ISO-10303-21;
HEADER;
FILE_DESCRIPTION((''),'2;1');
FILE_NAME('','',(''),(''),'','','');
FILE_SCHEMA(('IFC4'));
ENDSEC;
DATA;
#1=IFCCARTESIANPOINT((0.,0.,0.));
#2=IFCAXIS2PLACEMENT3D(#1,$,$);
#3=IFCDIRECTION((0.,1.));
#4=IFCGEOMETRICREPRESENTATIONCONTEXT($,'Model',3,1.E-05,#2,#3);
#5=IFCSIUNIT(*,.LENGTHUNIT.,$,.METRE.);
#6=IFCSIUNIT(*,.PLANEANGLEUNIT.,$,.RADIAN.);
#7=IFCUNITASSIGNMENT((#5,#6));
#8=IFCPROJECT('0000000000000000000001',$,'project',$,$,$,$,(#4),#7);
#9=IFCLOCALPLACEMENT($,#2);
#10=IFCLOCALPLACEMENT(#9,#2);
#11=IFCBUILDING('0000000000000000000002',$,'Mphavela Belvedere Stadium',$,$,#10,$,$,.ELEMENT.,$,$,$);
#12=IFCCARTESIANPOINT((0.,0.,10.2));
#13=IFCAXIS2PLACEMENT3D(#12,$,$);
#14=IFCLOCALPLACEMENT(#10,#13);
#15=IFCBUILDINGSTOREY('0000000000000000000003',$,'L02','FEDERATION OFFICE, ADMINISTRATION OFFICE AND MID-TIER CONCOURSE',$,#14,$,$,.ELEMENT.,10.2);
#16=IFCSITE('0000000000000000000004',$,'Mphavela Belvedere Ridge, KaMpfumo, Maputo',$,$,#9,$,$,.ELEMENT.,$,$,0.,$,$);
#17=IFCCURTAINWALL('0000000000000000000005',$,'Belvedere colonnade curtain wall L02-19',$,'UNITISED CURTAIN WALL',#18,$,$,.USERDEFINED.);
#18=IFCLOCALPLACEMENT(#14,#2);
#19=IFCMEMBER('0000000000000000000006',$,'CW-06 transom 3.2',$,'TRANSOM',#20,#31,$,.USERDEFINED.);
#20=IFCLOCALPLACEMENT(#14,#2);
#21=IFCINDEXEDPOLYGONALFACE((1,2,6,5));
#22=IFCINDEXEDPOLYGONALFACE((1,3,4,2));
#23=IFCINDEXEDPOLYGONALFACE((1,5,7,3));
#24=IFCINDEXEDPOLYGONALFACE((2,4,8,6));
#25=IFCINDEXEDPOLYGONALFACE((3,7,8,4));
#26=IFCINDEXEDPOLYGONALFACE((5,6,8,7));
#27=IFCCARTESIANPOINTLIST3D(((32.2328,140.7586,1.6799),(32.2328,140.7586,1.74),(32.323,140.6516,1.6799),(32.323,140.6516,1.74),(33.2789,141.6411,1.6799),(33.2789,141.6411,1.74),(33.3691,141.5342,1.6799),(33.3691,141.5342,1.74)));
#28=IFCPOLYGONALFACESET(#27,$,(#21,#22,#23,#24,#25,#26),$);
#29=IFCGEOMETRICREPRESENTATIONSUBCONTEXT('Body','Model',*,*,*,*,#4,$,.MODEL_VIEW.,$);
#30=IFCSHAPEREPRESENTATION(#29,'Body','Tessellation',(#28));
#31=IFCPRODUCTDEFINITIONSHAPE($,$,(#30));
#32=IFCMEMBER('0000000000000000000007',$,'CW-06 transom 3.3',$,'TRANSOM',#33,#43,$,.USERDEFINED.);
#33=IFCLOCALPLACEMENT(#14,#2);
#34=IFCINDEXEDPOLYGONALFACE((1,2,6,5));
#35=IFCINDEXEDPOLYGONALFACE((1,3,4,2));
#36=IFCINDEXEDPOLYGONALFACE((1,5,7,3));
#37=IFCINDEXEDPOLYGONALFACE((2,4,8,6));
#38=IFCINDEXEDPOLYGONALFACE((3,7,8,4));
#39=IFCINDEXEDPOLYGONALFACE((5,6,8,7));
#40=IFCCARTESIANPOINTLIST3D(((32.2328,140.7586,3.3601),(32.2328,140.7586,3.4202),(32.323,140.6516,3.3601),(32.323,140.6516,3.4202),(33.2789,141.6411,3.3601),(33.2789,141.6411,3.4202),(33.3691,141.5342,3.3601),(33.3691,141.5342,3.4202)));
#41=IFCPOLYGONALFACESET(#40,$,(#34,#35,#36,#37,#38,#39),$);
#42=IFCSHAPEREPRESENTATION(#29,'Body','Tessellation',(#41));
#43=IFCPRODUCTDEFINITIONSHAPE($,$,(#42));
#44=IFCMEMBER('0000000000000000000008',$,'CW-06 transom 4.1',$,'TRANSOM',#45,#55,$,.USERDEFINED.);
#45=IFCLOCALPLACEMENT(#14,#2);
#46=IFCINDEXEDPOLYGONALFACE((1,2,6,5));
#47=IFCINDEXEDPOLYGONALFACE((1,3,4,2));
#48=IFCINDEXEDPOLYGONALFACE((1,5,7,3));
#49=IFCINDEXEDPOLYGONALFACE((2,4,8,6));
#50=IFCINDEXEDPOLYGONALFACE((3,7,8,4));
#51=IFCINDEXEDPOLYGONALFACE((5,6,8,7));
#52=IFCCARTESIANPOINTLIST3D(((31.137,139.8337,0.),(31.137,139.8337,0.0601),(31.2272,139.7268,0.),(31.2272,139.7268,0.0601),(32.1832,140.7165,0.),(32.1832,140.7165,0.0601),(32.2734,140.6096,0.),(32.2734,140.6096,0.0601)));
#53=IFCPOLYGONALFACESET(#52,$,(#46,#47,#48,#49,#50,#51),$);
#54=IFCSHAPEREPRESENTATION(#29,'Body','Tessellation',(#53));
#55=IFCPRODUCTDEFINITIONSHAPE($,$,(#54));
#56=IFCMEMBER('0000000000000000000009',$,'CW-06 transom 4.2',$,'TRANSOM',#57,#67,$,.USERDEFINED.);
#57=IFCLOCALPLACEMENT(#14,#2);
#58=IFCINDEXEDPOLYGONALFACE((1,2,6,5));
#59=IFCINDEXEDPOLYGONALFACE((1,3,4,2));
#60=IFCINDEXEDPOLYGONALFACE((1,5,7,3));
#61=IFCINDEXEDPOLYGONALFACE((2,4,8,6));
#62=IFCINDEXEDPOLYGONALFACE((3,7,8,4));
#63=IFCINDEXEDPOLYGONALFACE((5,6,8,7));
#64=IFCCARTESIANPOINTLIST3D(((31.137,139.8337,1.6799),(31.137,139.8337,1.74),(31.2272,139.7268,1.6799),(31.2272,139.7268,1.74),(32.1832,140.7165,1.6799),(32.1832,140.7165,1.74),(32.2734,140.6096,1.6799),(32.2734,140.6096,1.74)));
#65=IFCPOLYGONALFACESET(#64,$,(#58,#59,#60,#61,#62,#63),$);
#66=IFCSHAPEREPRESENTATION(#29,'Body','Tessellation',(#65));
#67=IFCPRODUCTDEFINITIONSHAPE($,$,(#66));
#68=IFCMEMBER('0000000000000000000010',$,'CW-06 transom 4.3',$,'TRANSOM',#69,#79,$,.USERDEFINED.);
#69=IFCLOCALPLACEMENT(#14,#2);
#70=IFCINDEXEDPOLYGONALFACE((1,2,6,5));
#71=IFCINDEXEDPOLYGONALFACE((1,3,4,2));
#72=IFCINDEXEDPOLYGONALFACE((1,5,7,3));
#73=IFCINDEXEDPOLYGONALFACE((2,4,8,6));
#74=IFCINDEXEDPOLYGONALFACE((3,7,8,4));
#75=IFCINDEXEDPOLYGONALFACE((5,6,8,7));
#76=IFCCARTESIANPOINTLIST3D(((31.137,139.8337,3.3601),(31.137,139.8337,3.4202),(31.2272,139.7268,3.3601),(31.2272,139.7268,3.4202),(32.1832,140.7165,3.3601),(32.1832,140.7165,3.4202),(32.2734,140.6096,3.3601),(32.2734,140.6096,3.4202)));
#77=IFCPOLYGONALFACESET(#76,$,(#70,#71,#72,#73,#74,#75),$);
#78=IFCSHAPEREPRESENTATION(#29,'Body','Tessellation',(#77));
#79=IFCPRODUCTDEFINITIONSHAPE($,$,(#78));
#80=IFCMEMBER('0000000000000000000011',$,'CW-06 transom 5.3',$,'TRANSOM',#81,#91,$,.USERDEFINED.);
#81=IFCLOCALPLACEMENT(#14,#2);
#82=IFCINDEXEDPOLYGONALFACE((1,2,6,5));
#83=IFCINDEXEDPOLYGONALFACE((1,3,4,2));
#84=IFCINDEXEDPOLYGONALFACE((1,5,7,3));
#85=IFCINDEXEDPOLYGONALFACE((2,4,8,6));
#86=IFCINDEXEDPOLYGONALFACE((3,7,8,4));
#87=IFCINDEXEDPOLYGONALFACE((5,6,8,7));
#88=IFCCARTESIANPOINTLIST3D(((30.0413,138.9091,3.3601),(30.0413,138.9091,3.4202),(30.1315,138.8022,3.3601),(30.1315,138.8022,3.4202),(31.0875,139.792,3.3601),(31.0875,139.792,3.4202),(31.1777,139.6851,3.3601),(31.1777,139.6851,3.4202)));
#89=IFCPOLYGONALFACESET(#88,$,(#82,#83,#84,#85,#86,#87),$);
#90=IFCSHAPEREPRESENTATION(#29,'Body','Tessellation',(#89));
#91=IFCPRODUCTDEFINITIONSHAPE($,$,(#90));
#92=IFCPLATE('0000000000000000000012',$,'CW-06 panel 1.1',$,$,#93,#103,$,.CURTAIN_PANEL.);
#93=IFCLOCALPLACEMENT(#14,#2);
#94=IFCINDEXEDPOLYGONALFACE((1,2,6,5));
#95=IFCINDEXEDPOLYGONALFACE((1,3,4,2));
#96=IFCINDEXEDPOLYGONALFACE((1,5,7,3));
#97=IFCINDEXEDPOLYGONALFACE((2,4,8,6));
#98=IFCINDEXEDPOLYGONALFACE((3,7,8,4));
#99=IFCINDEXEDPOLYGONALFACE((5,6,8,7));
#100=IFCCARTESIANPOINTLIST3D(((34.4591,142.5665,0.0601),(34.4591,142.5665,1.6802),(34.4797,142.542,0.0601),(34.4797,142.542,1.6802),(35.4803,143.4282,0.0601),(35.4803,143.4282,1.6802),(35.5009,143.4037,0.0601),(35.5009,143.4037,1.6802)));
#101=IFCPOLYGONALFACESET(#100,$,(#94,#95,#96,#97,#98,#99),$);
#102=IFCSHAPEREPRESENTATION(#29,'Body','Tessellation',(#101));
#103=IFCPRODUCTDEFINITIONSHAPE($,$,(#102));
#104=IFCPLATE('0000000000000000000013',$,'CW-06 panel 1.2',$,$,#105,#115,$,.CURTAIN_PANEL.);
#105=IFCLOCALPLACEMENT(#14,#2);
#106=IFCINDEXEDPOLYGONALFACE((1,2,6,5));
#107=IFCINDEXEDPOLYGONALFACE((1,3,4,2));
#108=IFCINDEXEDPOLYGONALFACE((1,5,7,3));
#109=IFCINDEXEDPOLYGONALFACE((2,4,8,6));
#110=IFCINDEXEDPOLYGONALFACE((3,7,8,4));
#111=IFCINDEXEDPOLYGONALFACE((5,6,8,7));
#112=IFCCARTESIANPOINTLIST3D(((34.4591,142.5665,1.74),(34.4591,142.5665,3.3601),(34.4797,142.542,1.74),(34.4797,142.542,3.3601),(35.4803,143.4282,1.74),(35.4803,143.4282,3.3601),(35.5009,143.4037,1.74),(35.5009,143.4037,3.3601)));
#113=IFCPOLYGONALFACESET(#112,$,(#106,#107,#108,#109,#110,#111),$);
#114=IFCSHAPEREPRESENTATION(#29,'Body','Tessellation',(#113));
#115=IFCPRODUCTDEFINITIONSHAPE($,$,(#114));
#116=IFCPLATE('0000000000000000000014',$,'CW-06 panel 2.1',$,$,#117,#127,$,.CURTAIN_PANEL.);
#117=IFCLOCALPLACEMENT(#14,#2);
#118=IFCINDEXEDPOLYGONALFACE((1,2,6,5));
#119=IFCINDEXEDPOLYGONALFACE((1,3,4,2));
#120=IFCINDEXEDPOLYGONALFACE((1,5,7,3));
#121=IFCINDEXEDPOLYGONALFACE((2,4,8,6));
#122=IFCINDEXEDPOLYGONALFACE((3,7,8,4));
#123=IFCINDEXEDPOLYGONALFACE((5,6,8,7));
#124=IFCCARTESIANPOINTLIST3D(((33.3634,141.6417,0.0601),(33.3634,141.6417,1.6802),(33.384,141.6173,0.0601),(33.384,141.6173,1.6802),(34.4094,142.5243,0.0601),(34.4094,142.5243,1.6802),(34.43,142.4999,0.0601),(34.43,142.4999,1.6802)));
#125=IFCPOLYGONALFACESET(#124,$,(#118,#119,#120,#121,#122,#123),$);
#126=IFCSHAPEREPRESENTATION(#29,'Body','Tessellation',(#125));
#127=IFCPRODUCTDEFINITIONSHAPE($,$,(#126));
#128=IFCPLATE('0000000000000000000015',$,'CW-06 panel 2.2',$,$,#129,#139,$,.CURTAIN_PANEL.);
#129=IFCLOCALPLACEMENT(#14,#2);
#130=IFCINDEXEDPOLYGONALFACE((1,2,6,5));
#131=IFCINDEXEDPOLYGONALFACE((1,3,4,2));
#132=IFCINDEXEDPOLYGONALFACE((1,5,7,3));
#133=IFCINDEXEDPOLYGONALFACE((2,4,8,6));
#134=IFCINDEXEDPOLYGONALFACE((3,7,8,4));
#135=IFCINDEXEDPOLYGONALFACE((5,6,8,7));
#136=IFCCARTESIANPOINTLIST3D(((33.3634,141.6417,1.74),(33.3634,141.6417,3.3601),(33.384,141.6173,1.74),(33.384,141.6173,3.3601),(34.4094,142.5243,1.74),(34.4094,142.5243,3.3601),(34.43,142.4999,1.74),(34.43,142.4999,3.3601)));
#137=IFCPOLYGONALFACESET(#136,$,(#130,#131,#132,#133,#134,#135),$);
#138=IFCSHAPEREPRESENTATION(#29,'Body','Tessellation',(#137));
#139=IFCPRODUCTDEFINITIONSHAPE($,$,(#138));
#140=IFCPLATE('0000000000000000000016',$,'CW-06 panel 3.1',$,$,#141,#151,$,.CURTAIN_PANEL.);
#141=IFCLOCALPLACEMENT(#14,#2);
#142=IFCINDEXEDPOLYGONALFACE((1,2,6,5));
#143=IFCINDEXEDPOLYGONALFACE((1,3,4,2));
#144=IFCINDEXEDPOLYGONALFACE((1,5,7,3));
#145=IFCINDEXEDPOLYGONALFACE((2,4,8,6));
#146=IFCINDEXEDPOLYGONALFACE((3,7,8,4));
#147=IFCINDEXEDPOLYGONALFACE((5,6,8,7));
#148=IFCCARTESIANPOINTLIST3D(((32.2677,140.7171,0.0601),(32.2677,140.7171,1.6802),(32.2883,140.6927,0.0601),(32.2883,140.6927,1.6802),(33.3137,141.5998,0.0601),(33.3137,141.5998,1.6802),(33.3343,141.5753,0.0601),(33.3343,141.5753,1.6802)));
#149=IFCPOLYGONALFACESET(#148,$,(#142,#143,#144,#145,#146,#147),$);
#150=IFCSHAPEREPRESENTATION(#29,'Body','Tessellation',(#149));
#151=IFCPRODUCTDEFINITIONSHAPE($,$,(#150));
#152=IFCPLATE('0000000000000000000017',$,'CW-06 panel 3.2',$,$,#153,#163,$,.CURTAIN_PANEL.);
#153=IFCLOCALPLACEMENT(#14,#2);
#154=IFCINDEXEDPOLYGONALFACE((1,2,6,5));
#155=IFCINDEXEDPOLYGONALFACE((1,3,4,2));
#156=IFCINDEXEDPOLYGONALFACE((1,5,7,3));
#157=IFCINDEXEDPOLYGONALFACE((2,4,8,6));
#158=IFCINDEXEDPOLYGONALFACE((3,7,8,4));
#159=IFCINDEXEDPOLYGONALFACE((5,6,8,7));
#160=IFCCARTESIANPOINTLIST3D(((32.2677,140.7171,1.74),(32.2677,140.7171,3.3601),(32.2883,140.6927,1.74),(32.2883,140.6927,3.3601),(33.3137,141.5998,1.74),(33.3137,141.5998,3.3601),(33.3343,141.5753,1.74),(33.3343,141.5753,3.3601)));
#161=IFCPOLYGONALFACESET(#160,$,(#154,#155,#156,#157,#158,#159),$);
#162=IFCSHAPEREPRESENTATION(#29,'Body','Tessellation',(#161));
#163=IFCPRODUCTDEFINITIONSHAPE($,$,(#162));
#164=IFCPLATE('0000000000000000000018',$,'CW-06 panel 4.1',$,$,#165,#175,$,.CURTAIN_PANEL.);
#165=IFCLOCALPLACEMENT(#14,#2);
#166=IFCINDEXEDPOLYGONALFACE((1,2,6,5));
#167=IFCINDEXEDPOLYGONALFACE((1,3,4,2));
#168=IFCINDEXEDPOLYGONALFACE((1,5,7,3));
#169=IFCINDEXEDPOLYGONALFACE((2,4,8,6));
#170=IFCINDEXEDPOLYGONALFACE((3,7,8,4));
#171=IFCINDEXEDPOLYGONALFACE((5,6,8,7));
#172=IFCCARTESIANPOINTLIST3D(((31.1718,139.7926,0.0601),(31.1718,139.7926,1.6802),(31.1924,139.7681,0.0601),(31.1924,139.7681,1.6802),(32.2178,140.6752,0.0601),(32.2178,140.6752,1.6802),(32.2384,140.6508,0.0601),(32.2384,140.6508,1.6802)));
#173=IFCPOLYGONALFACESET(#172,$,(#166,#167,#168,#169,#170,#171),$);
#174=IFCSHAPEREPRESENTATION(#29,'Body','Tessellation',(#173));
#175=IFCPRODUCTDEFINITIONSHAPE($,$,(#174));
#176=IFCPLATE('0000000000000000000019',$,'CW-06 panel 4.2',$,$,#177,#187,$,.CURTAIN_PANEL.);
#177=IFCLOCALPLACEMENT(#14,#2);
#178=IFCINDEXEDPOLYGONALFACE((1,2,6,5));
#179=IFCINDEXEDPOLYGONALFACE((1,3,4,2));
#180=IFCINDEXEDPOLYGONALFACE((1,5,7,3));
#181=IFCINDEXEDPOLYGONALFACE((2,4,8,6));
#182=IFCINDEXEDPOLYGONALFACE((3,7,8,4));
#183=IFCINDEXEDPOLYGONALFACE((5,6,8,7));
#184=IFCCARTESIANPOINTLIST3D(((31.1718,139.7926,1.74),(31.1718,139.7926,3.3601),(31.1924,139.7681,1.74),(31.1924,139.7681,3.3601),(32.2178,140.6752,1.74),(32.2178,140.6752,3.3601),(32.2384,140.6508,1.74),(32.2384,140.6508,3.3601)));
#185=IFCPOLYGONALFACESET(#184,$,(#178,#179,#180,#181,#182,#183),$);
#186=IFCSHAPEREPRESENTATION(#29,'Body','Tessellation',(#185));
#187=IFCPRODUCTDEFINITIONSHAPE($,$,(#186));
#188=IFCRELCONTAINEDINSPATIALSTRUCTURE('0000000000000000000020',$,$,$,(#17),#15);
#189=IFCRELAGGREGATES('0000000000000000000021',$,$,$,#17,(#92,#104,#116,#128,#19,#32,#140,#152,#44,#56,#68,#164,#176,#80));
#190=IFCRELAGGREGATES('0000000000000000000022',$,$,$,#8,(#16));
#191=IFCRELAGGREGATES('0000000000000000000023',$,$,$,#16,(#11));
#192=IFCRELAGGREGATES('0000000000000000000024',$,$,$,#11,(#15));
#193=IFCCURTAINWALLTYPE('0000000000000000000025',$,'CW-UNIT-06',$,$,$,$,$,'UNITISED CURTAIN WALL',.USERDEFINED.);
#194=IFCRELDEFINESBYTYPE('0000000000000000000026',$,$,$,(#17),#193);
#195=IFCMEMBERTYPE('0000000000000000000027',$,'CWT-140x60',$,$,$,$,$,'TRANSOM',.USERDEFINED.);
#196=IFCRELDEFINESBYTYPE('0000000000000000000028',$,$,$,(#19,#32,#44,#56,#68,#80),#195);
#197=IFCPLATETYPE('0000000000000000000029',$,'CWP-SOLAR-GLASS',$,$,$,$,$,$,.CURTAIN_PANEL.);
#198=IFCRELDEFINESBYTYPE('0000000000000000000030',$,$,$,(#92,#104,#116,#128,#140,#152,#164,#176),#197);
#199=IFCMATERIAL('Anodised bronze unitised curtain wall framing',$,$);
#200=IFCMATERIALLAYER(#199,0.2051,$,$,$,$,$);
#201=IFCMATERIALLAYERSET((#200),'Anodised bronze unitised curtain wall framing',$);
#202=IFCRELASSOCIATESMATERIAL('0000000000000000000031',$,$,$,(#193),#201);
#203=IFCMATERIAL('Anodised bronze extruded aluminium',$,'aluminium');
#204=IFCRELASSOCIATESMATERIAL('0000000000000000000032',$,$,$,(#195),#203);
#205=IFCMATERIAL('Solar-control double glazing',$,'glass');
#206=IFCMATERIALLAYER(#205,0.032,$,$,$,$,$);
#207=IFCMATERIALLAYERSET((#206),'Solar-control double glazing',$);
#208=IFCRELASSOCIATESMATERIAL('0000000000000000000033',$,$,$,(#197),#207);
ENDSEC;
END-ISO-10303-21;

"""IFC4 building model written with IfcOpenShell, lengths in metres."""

from ifc_helpers import new_model, si_unit, direction, frame, origin, origin_2d, place, context, subcontext, project, spatial, rectangle, extrude, material, layer, layer_set, material_profile, profile_set, type_object, element, aggregate, save


model = new_model("IFC4")

# Units and contexts
model_context = context("Model", 3, precision=1e-05, world=origin(), true_north=direction((0.0, 1.0)))
body_context = subcontext(model_context, "Body", "Model", "MODEL_VIEW")
ifc_project = project(units=[si_unit("LENGTHUNIT", "METRE"), si_unit("PLANEANGLEUNIT", "RADIAN")], contexts=[model_context])

# Site, building, storey
site_placement = place(None, origin())
site = spatial("IfcSite", under=ifc_project, at=site_placement, Name="Mphavela Belvedere Ridge, KaMpfumo, Maputo", CompositionType="ELEMENT", RefElevation=0.0)
building_placement = place(site_placement, origin())
building = spatial("IfcBuilding", under=site, at=building_placement, Name="Mphavela Belvedere Stadium", CompositionType="ELEMENT")
storey_placement = place(building_placement, frame((0.0, 0.0, 10.2)))
storey = spatial("IfcBuildingStorey", under=building, at=storey_placement, Name="L02", Description="FEDERATION OFFICE, ADMINISTRATION OFFICE AND MID-TIER CONCOURSE", CompositionType="ELEMENT", Elevation=10.2)

# Curtain wall, members, plates
ifc_material_1 = material(Name="Anodised bronze unitised curtain wall framing")
ifc_layer_1 = layer(ifc_material_1, 0.2051)
ifc_layer_set_1 = layer_set([ifc_layer_1], Name="Anodised bronze unitised curtain wall framing")
curtain_wall_type = type_object("IfcCurtainWallType", Name="CW-UNIT-06", ElementType="UNITISED CURTAIN WALL", PredefinedType="USERDEFINED", material=ifc_layer_set_1)
curtain_wall_placement = place(storey_placement, origin())
curtain_wall = element("IfcCurtainWall", 1, at=curtain_wall_placement, inside=storey, type_object=curtain_wall_type, Name="Belvedere colonnade curtain wall L02-19", ObjectType="UNITISED CURTAIN WALL", PredefinedType="USERDEFINED")
ifc_material_2 = material(Name="Anodised bronze extruded aluminium", Category="aluminium")
ifc_material_profile_1 = material_profile(ifc_material_2, rectangle(XDim=0.1399, YDim=0.0601, at=origin_2d()), Name="CW-TRN 140x60")
ifc_profile_set_1 = profile_set([ifc_material_profile_1], Name="Anodised bronze extruded aluminium")
member_type_1 = type_object("IfcMemberType", Name="CWT-140x60", ElementType="TRANSOM", PredefinedType="USERDEFINED", material=ifc_profile_set_1)
member_1_placement = place(storey_placement, frame((33.324, 141.5876, 1.71), z_axis=(-0.764333, -0.644822, 0.0), x_axis=(0.644822, -0.764333, 0.0)))
member_1 = element("IfcMember", 2, at=member_1_placement, type_object=member_type_1, Name="CW-06 transom 3.2", ObjectType="TRANSOM", PredefinedType="USERDEFINED", context=body_context, shape_type="SweptSolid", body=[
    extrude(rectangle(XDim=0.1399, YDim=0.0601, at=origin_2d()), origin(), (0.0, 0.0, 1.0), 1.3687),
])
member_2_placement = place(storey_placement, frame((33.324, 141.5876, 3.3901), z_axis=(-0.764333, -0.644822, 0.0), x_axis=(0.644822, -0.764333, 0.0)))
member_2 = element("IfcMember", 3, at=member_2_placement, type_object=member_type_1, Name="CW-06 transom 3.3", ObjectType="TRANSOM", PredefinedType="USERDEFINED", context=body_context, shape_type="SweptSolid", body=[
    extrude(rectangle(XDim=0.1399, YDim=0.0601, at=origin_2d()), origin(), (0.0, 0.0, 1.0), 1.3687),
])
member_3_placement = place(storey_placement, frame((32.2283, 140.6631, 0.03), z_axis=(-0.764245, -0.644926, 0.0), x_axis=(0.644926, -0.764245, 0.0)))
member_3 = element("IfcMember", 4, at=member_3_placement, type_object=member_type_1, Name="CW-06 transom 4.1", ObjectType="TRANSOM", PredefinedType="USERDEFINED", context=body_context, shape_type="SweptSolid", body=[
    extrude(rectangle(XDim=0.1399, YDim=0.0601, at=origin_2d()), origin(), (0.0, 0.0, 1.0), 1.3689),
])
member_4_placement = place(storey_placement, frame((32.2283, 140.6631, 1.71), z_axis=(-0.764245, -0.644926, 0.0), x_axis=(0.644926, -0.764245, 0.0)))
member_4 = element("IfcMember", 5, at=member_4_placement, type_object=member_type_1, Name="CW-06 transom 4.2", ObjectType="TRANSOM", PredefinedType="USERDEFINED", context=body_context, shape_type="SweptSolid", body=[
    extrude(rectangle(XDim=0.1399, YDim=0.0601, at=origin_2d()), origin(), (0.0, 0.0, 1.0), 1.3689),
])
member_5_placement = place(storey_placement, frame((32.2283, 140.6631, 3.3901), z_axis=(-0.764245, -0.644926, 0.0), x_axis=(0.644926, -0.764245, 0.0)))
member_5 = element("IfcMember", 6, at=member_5_placement, type_object=member_type_1, Name="CW-06 transom 4.3", ObjectType="TRANSOM", PredefinedType="USERDEFINED", context=body_context, shape_type="SweptSolid", body=[
    extrude(rectangle(XDim=0.1399, YDim=0.0601, at=origin_2d()), origin(), (0.0, 0.0, 1.0), 1.3689),
])
member_6_placement = place(storey_placement, frame((31.1326, 139.7385, 3.3901), z_axis=(-0.764245, -0.644926, 0.0), x_axis=(0.644926, -0.764245, 0.0)))
member_6 = element("IfcMember", 7, at=member_6_placement, type_object=member_type_1, Name="CW-06 transom 5.3", ObjectType="TRANSOM", PredefinedType="USERDEFINED", context=body_context, shape_type="SweptSolid", body=[
    extrude(rectangle(XDim=0.1399, YDim=0.0601, at=origin_2d()), origin(), (0.0, 0.0, 1.0), 1.3689),
])
ifc_material_3 = material(Name="Solar-control double glazing", Category="glass")
ifc_layer_2 = layer(ifc_material_3, 0.032)
ifc_layer_set_2 = layer_set([ifc_layer_2], Name="Solar-control double glazing")
plate_type = type_object("IfcPlateType", Name="CWP-SOLAR-GLASS", PredefinedType="CURTAIN_PANEL", material=ifc_layer_set_2)
plate_1_placement = place(storey_placement, frame((34.98, 142.9851, 0.0601), z_axis=(0.0, 0.0, 1.0), x_axis=(-0.764261, -0.644907, 0.0)))
plate_1 = element("IfcPlate", 8, at=plate_1_placement, type_object=plate_type, Name="CW-06 panel 1.1", PredefinedType="CURTAIN_PANEL", context=body_context, shape_type="SweptSolid", body=[
    extrude(rectangle(XDim=1.3362, YDim=0.032, at=origin_2d()), origin(), (0.0, 0.0, 1.0), 1.6201),
])
plate_2_placement = place(storey_placement, frame((34.98, 142.9851, 1.74), z_axis=(0.0, 0.0, 1.0), x_axis=(-0.764261, -0.644907, 0.0)))
plate_2 = element("IfcPlate", 9, at=plate_2_placement, type_object=plate_type, Name="CW-06 panel 1.2", PredefinedType="CURTAIN_PANEL", context=body_context, shape_type="SweptSolid", body=[
    extrude(rectangle(XDim=1.3362, YDim=0.032, at=origin_2d()), origin(), (0.0, 0.0, 1.0), 1.6201),
])
plate_3_placement = place(storey_placement, frame((33.8967, 142.0708, 0.0601), z_axis=(0.0, 0.0, 1.0), x_axis=(-0.764261, -0.644907, 0.0)))
plate_3 = element("IfcPlate", 10, at=plate_3_placement, type_object=plate_type, Name="CW-06 panel 2.1", PredefinedType="CURTAIN_PANEL", context=body_context, shape_type="SweptSolid", body=[
    extrude(rectangle(XDim=1.3687, YDim=0.032, at=origin_2d()), origin(), (0.0, 0.0, 1.0), 1.6201),
])
plate_4_placement = place(storey_placement, frame((33.8967, 142.0708, 1.74), z_axis=(0.0, 0.0, 1.0), x_axis=(-0.764261, -0.644907, 0.0)))
plate_4 = element("IfcPlate", 11, at=plate_4_placement, type_object=plate_type, Name="CW-06 panel 2.2", PredefinedType="CURTAIN_PANEL", context=body_context, shape_type="SweptSolid", body=[
    extrude(rectangle(XDim=1.3687, YDim=0.032, at=origin_2d()), origin(), (0.0, 0.0, 1.0), 1.6201),
])
plate_5_placement = place(storey_placement, frame((32.801, 141.1462, 0.0601), z_axis=(0.0, 0.0, 1.0), x_axis=(-0.764261, -0.644907, 0.0)))
plate_5 = element("IfcPlate", 12, at=plate_5_placement, type_object=plate_type, Name="CW-06 panel 3.1", PredefinedType="CURTAIN_PANEL", context=body_context, shape_type="SweptSolid", body=[
    extrude(rectangle(XDim=1.3687, YDim=0.032, at=origin_2d()), origin(), (0.0, 0.0, 1.0), 1.6201),
])
plate_6_placement = place(storey_placement, frame((32.801, 141.1462, 1.74), z_axis=(0.0, 0.0, 1.0), x_axis=(-0.764261, -0.644907, 0.0)))
plate_6 = element("IfcPlate", 13, at=plate_6_placement, type_object=plate_type, Name="CW-06 panel 3.2", PredefinedType="CURTAIN_PANEL", context=body_context, shape_type="SweptSolid", body=[
    extrude(rectangle(XDim=1.3687, YDim=0.032, at=origin_2d()), origin(), (0.0, 0.0, 1.0), 1.6201),
])
plate_7_placement = place(storey_placement, frame((31.7051, 140.2217, 0.0601), z_axis=(0.0, 0.0, 1.0), x_axis=(-0.764261, -0.644907, 0.0)))
plate_7 = element("IfcPlate", 14, at=plate_7_placement, type_object=plate_type, Name="CW-06 panel 4.1", PredefinedType="CURTAIN_PANEL", context=body_context, shape_type="SweptSolid", body=[
    extrude(rectangle(XDim=1.3687, YDim=0.032, at=origin_2d()), origin(), (0.0, 0.0, 1.0), 1.6201),
])
plate_8_placement = place(storey_placement, frame((31.7051, 140.2217, 1.74), z_axis=(0.0, 0.0, 1.0), x_axis=(-0.764261, -0.644907, 0.0)))
plate_8 = element("IfcPlate", 15, at=plate_8_placement, type_object=plate_type, Name="CW-06 panel 4.2", PredefinedType="CURTAIN_PANEL", context=body_context, shape_type="SweptSolid", body=[
    extrude(rectangle(XDim=1.3687, YDim=0.032, at=origin_2d()), origin(), (0.0, 0.0, 1.0), 1.6201),
])
aggregate(curtain_wall, [plate_1, plate_2, plate_3, plate_4, member_1, member_2, plate_5, plate_6, member_3, member_4, member_5, plate_7, plate_8, member_6])

save(model, "model.ifc")
